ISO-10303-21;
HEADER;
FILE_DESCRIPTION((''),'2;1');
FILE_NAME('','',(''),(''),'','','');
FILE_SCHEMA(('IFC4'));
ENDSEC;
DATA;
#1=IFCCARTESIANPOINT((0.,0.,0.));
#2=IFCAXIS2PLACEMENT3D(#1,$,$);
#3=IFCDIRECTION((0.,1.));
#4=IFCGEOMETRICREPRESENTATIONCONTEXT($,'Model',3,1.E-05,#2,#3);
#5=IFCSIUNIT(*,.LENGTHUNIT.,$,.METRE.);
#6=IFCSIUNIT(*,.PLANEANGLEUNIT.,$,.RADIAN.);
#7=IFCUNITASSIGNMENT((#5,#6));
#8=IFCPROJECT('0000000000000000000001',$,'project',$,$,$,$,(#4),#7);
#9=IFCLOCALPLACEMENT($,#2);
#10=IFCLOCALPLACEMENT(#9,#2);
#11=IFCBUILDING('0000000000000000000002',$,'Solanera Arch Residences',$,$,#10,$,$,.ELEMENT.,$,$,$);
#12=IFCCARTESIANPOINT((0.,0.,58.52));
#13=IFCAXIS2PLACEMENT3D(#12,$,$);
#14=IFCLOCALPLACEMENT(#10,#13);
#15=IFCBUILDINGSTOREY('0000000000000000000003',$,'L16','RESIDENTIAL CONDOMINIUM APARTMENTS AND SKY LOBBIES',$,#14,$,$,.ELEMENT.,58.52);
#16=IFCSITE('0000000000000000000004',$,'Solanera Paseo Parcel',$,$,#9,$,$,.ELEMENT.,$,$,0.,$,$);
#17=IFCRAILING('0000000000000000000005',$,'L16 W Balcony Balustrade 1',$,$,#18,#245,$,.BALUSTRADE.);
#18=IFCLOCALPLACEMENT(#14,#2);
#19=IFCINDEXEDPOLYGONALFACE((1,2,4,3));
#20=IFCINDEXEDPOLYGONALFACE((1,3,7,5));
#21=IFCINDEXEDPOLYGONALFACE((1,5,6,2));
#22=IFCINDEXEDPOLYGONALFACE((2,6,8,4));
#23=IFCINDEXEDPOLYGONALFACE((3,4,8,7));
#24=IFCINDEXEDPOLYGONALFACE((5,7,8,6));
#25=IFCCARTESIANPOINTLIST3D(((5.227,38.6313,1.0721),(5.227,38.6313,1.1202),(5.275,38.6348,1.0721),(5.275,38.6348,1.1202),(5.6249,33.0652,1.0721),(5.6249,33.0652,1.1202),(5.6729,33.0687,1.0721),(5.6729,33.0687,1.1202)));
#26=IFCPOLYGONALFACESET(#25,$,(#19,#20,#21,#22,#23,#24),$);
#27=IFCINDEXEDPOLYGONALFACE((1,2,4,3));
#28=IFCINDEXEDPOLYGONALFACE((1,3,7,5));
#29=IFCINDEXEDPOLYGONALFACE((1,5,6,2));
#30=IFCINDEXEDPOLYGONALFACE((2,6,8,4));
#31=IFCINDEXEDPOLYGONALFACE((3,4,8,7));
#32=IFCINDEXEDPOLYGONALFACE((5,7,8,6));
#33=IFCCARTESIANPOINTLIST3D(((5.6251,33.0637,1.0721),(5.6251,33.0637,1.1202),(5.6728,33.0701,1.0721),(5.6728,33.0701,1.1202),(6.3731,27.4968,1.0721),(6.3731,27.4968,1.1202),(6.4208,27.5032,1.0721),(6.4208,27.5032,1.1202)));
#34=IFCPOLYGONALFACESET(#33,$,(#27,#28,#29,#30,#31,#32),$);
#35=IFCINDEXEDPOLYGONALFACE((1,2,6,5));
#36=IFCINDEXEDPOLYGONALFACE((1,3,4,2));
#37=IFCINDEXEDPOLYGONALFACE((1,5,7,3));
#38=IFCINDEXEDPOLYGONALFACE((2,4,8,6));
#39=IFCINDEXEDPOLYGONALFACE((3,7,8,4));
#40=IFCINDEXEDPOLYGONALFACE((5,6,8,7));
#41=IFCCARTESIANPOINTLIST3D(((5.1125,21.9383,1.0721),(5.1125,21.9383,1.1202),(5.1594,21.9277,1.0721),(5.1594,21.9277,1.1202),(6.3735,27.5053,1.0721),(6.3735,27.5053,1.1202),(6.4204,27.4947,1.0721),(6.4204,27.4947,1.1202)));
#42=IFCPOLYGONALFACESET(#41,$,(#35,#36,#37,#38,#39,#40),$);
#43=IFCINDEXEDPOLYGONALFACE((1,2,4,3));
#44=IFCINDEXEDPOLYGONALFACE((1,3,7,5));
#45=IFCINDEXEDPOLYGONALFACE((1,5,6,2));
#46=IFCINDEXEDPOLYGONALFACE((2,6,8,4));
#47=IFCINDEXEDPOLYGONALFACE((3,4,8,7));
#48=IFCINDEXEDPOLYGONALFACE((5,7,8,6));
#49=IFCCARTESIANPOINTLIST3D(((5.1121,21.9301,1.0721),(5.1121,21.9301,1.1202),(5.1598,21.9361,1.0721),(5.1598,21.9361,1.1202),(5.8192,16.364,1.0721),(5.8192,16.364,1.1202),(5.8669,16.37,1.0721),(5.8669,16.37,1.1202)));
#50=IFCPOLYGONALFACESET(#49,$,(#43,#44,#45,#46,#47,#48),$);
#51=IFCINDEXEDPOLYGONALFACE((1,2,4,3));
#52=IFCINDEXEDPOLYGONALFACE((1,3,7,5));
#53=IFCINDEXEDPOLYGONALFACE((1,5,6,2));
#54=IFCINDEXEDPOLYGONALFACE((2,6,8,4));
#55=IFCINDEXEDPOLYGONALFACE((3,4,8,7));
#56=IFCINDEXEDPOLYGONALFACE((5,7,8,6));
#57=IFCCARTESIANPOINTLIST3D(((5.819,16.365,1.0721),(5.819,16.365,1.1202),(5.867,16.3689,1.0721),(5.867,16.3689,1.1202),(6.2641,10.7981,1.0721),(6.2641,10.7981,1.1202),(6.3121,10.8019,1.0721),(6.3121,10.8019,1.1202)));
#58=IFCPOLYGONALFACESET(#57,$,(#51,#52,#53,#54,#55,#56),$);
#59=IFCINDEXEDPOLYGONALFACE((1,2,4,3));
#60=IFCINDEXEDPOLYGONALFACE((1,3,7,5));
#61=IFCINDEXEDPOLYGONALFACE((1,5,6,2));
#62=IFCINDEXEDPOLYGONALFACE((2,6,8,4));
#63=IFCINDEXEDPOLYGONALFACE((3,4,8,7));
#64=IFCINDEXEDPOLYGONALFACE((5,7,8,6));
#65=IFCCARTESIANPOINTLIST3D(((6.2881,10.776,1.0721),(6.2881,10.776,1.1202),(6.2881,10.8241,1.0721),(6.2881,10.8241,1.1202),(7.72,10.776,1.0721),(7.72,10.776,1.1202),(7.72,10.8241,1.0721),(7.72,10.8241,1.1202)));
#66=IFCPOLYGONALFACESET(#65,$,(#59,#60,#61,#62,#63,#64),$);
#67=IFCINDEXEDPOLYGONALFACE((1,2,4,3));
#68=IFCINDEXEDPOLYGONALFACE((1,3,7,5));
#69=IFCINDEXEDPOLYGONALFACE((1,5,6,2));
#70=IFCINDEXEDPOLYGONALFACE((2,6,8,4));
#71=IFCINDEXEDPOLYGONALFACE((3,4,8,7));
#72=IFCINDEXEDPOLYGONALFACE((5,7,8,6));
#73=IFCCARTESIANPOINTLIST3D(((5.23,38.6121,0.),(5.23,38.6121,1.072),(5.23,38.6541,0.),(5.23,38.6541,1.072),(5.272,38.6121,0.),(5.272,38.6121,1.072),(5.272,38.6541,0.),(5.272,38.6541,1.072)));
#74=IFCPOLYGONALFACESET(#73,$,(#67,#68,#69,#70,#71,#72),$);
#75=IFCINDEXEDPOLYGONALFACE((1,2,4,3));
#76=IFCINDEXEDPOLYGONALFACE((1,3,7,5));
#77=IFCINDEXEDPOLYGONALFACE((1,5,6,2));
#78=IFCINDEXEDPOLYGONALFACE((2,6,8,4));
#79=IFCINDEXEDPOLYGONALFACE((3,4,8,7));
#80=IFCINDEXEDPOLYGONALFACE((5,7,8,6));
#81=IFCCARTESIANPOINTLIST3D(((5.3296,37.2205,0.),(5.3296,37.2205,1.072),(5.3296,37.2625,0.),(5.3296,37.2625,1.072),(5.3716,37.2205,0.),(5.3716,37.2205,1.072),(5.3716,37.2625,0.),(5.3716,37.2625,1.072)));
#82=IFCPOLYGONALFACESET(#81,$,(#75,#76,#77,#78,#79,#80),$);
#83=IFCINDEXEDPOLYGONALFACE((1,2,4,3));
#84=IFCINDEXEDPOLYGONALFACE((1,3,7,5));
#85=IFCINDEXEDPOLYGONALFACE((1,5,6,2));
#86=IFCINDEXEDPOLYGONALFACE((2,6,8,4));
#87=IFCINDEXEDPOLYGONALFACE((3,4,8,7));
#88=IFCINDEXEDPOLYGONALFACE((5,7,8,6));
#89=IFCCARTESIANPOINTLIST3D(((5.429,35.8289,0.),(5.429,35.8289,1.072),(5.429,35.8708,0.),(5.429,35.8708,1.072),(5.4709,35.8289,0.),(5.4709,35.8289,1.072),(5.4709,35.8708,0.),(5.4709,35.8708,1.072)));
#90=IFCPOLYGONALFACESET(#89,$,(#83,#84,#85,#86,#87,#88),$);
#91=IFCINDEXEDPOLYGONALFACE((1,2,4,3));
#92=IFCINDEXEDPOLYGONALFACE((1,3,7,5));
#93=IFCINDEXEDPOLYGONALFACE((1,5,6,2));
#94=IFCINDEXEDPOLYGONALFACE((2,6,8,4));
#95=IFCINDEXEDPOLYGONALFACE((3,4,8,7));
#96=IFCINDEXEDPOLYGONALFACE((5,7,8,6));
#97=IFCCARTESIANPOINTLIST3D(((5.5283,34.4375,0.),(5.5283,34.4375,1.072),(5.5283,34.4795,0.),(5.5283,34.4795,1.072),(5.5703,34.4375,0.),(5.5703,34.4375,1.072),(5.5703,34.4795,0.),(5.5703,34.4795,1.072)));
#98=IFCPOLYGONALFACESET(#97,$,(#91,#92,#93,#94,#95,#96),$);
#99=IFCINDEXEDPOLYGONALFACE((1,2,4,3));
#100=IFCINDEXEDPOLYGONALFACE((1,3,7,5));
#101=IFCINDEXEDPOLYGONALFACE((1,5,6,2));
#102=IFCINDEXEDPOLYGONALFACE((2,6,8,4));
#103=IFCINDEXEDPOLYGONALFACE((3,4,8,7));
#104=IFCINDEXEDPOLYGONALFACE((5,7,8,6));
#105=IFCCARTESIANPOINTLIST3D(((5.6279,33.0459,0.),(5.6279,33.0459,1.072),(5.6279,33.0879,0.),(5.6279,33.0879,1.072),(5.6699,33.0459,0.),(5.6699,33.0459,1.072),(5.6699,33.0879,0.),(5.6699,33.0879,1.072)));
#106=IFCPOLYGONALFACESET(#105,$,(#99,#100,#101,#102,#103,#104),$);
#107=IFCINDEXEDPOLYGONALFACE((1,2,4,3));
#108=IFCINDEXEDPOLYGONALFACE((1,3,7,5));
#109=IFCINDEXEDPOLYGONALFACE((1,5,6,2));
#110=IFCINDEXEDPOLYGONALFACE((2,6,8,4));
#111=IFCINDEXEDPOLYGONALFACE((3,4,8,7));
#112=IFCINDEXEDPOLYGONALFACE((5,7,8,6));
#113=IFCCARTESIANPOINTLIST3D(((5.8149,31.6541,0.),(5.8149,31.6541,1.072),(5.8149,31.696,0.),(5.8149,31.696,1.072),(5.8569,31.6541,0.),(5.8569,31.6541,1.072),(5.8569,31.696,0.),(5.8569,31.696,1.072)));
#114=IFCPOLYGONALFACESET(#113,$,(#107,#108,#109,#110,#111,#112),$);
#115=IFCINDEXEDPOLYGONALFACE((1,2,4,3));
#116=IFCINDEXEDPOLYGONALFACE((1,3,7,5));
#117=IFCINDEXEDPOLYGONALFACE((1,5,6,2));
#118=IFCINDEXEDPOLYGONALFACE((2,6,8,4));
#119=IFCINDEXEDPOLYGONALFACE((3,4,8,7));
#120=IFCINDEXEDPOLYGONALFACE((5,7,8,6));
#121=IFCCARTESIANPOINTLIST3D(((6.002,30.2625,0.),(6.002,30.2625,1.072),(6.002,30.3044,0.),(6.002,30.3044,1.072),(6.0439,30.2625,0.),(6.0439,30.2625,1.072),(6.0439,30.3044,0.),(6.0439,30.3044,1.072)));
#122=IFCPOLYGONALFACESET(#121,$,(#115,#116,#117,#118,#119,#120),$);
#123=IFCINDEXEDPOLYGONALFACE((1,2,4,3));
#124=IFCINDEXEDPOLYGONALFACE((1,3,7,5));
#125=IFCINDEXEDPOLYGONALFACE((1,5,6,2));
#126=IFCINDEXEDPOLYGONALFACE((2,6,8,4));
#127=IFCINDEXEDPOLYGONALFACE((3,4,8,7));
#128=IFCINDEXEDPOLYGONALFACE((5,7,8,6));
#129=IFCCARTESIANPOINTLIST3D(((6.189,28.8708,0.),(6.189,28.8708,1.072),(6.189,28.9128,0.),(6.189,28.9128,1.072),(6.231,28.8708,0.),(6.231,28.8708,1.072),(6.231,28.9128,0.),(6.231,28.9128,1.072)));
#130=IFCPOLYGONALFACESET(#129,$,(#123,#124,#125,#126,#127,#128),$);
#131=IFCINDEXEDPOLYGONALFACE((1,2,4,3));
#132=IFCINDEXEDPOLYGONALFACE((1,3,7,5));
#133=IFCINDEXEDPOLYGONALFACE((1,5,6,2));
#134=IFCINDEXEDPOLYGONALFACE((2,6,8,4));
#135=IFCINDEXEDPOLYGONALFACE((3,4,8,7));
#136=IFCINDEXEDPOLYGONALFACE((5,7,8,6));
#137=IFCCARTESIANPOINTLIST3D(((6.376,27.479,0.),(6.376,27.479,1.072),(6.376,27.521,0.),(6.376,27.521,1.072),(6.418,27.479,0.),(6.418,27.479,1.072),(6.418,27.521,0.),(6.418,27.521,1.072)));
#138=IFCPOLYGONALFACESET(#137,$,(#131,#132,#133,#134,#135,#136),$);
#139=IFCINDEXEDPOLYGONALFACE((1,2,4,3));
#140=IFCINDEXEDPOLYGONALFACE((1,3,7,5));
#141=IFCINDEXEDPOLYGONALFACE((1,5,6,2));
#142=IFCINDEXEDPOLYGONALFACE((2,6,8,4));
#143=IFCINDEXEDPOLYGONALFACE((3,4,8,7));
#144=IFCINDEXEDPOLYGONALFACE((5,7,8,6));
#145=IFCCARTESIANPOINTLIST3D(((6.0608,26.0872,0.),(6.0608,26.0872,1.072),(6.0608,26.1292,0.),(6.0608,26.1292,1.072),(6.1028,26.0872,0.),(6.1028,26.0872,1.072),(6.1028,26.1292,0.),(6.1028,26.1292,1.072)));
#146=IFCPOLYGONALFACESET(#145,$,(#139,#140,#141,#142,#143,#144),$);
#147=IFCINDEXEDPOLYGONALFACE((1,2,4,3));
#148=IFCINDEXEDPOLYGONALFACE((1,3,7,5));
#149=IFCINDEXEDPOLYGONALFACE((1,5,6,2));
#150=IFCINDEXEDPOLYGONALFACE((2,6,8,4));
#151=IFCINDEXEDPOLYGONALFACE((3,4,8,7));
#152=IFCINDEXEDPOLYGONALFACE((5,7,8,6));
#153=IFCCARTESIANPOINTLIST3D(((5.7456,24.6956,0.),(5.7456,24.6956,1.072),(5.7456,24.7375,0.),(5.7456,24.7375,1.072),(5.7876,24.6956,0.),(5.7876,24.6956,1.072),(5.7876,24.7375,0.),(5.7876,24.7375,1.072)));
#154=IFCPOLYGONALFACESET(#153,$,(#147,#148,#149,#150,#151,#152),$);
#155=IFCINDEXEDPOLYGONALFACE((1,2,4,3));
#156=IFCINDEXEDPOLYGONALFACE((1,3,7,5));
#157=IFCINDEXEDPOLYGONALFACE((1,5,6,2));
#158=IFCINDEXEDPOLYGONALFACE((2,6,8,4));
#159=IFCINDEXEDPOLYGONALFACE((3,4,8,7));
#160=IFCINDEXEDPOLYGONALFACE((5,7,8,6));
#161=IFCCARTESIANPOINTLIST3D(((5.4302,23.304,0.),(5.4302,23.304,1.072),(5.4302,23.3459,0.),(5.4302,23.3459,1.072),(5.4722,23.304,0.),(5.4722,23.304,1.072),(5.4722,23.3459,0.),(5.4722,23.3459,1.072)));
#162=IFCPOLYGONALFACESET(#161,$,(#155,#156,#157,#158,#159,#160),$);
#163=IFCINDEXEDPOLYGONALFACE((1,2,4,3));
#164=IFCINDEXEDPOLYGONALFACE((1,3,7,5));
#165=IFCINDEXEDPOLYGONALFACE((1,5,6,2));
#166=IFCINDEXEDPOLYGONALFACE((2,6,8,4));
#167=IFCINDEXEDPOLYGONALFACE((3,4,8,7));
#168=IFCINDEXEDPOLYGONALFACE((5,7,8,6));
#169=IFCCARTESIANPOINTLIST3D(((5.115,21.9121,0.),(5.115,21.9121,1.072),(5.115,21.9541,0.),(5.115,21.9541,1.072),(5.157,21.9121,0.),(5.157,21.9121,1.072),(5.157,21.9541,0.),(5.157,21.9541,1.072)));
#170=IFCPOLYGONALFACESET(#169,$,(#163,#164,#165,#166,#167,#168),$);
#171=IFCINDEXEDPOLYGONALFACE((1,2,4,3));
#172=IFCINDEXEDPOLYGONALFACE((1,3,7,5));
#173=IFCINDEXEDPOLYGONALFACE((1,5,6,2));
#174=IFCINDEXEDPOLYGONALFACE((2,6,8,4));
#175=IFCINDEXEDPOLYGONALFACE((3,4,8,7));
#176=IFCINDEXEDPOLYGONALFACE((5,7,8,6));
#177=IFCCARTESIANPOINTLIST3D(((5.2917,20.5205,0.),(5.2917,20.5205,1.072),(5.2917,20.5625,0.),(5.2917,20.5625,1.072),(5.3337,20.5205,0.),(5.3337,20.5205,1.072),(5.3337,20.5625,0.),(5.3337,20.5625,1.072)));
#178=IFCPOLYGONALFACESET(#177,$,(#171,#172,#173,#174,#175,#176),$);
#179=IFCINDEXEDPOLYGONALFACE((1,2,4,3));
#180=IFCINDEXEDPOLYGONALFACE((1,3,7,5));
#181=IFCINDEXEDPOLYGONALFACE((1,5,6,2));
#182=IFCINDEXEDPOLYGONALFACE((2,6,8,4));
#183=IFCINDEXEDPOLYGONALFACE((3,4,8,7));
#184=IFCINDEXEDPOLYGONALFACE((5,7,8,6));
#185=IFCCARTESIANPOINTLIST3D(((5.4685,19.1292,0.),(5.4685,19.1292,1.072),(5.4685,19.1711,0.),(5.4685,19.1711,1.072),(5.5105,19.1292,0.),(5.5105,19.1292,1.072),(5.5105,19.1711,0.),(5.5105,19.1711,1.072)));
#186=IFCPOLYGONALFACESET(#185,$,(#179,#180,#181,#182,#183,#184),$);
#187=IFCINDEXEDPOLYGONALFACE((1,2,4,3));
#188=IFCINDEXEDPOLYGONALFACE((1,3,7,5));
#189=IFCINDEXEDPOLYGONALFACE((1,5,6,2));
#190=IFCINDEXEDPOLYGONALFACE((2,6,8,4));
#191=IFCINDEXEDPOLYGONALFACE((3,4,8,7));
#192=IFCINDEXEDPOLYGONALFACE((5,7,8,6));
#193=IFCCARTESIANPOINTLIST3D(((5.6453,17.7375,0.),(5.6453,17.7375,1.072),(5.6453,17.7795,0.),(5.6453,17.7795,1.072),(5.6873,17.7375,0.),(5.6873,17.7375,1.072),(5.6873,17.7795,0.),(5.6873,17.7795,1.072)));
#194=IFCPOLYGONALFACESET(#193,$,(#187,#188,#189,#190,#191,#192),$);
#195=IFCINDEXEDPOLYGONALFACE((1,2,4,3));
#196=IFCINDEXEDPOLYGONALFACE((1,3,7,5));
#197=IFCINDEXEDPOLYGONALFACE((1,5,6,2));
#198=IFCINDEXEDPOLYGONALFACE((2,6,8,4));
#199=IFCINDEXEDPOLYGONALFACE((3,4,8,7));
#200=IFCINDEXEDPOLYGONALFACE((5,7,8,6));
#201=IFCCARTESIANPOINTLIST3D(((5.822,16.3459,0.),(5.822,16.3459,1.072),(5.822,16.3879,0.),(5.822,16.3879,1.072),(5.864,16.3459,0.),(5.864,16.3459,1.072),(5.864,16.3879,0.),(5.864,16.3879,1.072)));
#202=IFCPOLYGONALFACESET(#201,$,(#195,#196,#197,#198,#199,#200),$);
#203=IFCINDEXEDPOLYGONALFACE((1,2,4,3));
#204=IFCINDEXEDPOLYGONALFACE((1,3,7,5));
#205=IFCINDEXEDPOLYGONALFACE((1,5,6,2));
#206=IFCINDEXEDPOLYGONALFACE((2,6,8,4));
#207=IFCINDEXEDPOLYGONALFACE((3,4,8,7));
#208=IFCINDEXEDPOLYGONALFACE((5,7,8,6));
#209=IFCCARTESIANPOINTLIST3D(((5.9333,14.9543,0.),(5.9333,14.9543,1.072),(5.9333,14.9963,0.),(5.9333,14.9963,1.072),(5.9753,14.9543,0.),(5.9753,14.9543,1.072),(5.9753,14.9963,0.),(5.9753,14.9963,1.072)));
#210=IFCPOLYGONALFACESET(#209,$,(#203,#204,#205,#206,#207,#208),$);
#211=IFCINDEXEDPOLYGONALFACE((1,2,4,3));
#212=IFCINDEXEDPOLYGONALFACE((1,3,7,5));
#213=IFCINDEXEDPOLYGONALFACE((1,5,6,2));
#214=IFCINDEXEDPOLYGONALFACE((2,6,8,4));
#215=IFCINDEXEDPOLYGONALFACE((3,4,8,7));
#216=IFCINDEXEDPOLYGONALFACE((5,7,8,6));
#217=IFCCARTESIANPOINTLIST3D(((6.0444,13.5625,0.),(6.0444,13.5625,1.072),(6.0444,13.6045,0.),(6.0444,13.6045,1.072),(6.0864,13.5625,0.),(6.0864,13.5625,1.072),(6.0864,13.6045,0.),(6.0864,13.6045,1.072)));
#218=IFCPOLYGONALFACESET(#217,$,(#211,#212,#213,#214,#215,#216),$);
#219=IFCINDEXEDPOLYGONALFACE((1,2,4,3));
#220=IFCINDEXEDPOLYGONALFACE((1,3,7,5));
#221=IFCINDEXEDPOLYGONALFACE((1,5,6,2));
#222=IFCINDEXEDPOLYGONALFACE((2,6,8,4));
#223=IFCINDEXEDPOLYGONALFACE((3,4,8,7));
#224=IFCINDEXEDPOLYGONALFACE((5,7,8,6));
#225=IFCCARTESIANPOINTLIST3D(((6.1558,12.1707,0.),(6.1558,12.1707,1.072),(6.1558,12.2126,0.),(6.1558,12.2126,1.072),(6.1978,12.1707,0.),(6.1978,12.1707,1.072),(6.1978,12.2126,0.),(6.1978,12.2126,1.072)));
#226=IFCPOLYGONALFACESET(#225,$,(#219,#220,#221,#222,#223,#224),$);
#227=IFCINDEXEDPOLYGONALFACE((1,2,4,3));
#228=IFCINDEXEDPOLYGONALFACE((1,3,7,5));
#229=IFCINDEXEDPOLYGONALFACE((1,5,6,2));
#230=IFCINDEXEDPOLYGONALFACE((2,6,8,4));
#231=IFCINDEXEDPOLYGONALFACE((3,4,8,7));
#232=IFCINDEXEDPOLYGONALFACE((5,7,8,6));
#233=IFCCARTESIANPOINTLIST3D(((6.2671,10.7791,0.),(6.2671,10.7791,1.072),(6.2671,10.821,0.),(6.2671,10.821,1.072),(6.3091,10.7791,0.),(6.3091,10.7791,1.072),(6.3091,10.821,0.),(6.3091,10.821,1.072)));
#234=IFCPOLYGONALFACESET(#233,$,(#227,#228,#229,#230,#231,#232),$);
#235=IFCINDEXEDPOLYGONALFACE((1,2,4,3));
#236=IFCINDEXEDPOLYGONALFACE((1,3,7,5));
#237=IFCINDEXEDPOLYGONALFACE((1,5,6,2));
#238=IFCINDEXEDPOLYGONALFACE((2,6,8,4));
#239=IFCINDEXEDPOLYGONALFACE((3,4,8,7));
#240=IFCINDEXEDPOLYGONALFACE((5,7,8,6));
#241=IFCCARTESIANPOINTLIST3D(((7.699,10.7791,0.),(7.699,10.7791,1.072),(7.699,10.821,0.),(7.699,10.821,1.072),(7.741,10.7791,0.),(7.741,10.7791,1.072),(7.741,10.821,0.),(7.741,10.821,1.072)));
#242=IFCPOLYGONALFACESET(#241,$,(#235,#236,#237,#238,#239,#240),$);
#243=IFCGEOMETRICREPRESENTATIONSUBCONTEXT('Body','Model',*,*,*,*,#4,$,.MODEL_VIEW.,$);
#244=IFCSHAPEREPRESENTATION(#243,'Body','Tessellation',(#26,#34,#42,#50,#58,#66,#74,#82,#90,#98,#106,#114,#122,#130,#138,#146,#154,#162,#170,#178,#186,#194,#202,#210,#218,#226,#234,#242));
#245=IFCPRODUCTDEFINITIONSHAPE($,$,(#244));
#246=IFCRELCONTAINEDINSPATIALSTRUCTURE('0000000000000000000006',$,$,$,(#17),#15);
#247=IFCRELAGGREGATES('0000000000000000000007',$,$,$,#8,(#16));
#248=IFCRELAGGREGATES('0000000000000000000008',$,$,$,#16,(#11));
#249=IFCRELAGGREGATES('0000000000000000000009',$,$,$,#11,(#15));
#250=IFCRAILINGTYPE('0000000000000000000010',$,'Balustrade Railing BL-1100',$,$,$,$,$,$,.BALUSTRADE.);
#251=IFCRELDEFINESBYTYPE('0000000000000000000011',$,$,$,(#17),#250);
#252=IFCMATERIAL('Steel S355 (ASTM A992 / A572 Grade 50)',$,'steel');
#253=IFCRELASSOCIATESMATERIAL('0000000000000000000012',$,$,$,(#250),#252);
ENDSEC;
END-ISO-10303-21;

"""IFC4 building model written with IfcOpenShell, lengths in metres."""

from ifc_helpers import new_model, si_unit, direction, frame, origin, origin_2d, place, context, subcontext, project, spatial, rectangle, extrude, material, type_object, element, save


model = new_model("IFC4")

# Units and contexts
model_context = context("Model", 3, precision=1e-05, world=origin(), true_north=direction((0.0, 1.0)))
body_context = subcontext(model_context, "Body", "Model", "MODEL_VIEW")
ifc_project = project(units=[si_unit("LENGTHUNIT", "METRE"), si_unit("PLANEANGLEUNIT", "RADIAN")], contexts=[model_context])

# Site, building, storey
site_placement = place(None, origin())
site = spatial("IfcSite", under=ifc_project, at=site_placement, Name="Solanera Paseo Parcel", CompositionType="ELEMENT", RefElevation=0.0)
building_placement = place(site_placement, origin())
building = spatial("IfcBuilding", under=site, at=building_placement, Name="Solanera Arch Residences", CompositionType="ELEMENT")
storey_placement = place(building_placement, frame((0.0, 0.0, 58.52)))
storey = spatial("IfcBuildingStorey", under=building, at=storey_placement, Name="L16", Description="RESIDENTIAL CONDOMINIUM APARTMENTS AND SKY LOBBIES", CompositionType="ELEMENT", Elevation=58.52)

# Railing
ifc_material_1 = material(Name="Steel S355 (ASTM A992 / A572 Grade 50)", Category="steel")
railing_type = type_object("IfcRailingType", Name="Balustrade Railing BL-1100", PredefinedType="BALUSTRADE", material=ifc_material_1)
railing_placement = place(storey_placement, frame((5.251, 38.6331, 0.0)))
element("IfcRailing", 1, at=railing_placement, inside=storey, type_object=railing_type, Name="L16 W Balcony Balustrade 1", PredefinedType="BALUSTRADE", context=body_context, shape_type="SweptSolid", body=[
    extrude(rectangle(XDim=0.0481, YDim=0.0481, at=origin_2d()), frame((0.0, 0.0, 1.0962), z_axis=(0.071312, -0.997454, 0.0), x_axis=(0.997454, 0.071312, 0.0)), (0.0, 0.0, 1.0), 5.5803),
    extrude(rectangle(XDim=0.0481, YDim=0.0481, at=origin_2d()), frame((0.3979, -5.5662, 1.0962), z_axis=(0.133177, -0.991092, 0.0), x_axis=(0.991092, 0.133177, 0.0)), (0.0, 0.0, 1.0), 5.6169),
    extrude(rectangle(XDim=0.0481, YDim=0.0481, at=origin_2d()), frame((1.146, -11.1331, 1.0962), z_axis=(-0.220919, -0.975292, 0.0), x_axis=(0.975292, -0.220919, 0.0)), (0.0, 0.0, 1.0), 5.708),
    extrude(rectangle(XDim=0.0481, YDim=0.0481, at=origin_2d()), frame((-0.115, -16.7, 1.0962), z_axis=(0.126011, -0.992029, 0.0), x_axis=(0.992029, 0.126011, 0.0)), (0.0, 0.0, 1.0), 5.6108),
    extrude(rectangle(XDim=0.0481, YDim=0.0481, at=origin_2d()), frame((0.592, -22.2661, 1.0962), z_axis=(0.079695, -0.996819, 0.0), x_axis=(0.996819, 0.079695, 0.0)), (0.0, 0.0, 1.0), 5.5847),
    extrude(rectangle(XDim=0.0481, YDim=0.0481, at=origin_2d()), frame((1.0371, -27.833, 1.0962), z_axis=(1.0, 0.0, 0.0), x_axis=(0.0, 1.0, 0.0)), (0.0, 0.0, 1.0), 1.4319),
    extrude(rectangle(XDim=0.042, YDim=0.042, at=origin_2d()), origin(), (0.0, 0.0, 1.0), 1.072),
    extrude(rectangle(XDim=0.042, YDim=0.042, at=origin_2d()), frame((0.0996, -1.3916, 0.0)), (0.0, 0.0, 1.0), 1.072),
    extrude(rectangle(XDim=0.042, YDim=0.042, at=origin_2d()), frame((0.199, -2.7832, 0.0)), (0.0, 0.0, 1.0), 1.072),
    extrude(rectangle(XDim=0.042, YDim=0.042, at=origin_2d()), frame((0.2983, -4.1746, 0.0)), (0.0, 0.0, 1.0), 1.072),
    extrude(rectangle(XDim=0.042, YDim=0.042, at=origin_2d()), frame((0.3979, -5.5662, 0.0)), (0.0, 0.0, 1.0), 1.072),
    extrude(rectangle(XDim=0.042, YDim=0.042, at=origin_2d()), frame((0.585, -6.958, 0.0)), (0.0, 0.0, 1.0), 1.072),
    extrude(rectangle(XDim=0.042, YDim=0.042, at=origin_2d()), frame((0.772, -8.3496, 0.0)), (0.0, 0.0, 1.0), 1.072),
    extrude(rectangle(XDim=0.042, YDim=0.042, at=origin_2d()), frame((0.959, -9.7412, 0.0)), (0.0, 0.0, 1.0), 1.072),
    extrude(rectangle(XDim=0.042, YDim=0.042, at=origin_2d()), frame((1.146, -11.1331, 0.0)), (0.0, 0.0, 1.0), 1.072),
    extrude(rectangle(XDim=0.042, YDim=0.042, at=origin_2d()), frame((0.8308, -12.5249, 0.0)), (0.0, 0.0, 1.0), 1.072),
    extrude(rectangle(XDim=0.042, YDim=0.042, at=origin_2d()), frame((0.5156, -13.9165, 0.0)), (0.0, 0.0, 1.0), 1.072),
    extrude(rectangle(XDim=0.042, YDim=0.042, at=origin_2d()), frame((0.2002, -15.3081, 0.0)), (0.0, 0.0, 1.0), 1.072),
    extrude(rectangle(XDim=0.042, YDim=0.042, at=origin_2d()), frame((-0.115, -16.7, 0.0)), (0.0, 0.0, 1.0), 1.072),
    extrude(rectangle(XDim=0.042, YDim=0.042, at=origin_2d()), frame((0.0618, -18.0916, 0.0)), (0.0, 0.0, 1.0), 1.072),
    extrude(rectangle(XDim=0.042, YDim=0.042, at=origin_2d()), frame((0.2385, -19.4829, 0.0)), (0.0, 0.0, 1.0), 1.072),
    extrude(rectangle(XDim=0.042, YDim=0.042, at=origin_2d()), frame((0.4153, -20.8745, 0.0)), (0.0, 0.0, 1.0), 1.072),
    extrude(rectangle(XDim=0.042, YDim=0.042, at=origin_2d()), frame((0.592, -22.2661, 0.0)), (0.0, 0.0, 1.0), 1.072),
    extrude(rectangle(XDim=0.042, YDim=0.042, at=origin_2d()), frame((0.7034, -23.6577, 0.0)), (0.0, 0.0, 1.0), 1.072),
    extrude(rectangle(XDim=0.042, YDim=0.042, at=origin_2d()), frame((0.8145, -25.0496, 0.0)), (0.0, 0.0, 1.0), 1.072),
    extrude(rectangle(XDim=0.042, YDim=0.042, at=origin_2d()), frame((0.9258, -26.4414, 0.0)), (0.0, 0.0, 1.0), 1.072),
    extrude(rectangle(XDim=0.042, YDim=0.042, at=origin_2d()), frame((1.0371, -27.833, 0.0)), (0.0, 0.0, 1.0), 1.072),
    extrude(rectangle(XDim=0.042, YDim=0.042, at=origin_2d()), frame((2.469, -27.833, 0.0)), (0.0, 0.0, 1.0), 1.072),
])

save(model, "model.ifc")
